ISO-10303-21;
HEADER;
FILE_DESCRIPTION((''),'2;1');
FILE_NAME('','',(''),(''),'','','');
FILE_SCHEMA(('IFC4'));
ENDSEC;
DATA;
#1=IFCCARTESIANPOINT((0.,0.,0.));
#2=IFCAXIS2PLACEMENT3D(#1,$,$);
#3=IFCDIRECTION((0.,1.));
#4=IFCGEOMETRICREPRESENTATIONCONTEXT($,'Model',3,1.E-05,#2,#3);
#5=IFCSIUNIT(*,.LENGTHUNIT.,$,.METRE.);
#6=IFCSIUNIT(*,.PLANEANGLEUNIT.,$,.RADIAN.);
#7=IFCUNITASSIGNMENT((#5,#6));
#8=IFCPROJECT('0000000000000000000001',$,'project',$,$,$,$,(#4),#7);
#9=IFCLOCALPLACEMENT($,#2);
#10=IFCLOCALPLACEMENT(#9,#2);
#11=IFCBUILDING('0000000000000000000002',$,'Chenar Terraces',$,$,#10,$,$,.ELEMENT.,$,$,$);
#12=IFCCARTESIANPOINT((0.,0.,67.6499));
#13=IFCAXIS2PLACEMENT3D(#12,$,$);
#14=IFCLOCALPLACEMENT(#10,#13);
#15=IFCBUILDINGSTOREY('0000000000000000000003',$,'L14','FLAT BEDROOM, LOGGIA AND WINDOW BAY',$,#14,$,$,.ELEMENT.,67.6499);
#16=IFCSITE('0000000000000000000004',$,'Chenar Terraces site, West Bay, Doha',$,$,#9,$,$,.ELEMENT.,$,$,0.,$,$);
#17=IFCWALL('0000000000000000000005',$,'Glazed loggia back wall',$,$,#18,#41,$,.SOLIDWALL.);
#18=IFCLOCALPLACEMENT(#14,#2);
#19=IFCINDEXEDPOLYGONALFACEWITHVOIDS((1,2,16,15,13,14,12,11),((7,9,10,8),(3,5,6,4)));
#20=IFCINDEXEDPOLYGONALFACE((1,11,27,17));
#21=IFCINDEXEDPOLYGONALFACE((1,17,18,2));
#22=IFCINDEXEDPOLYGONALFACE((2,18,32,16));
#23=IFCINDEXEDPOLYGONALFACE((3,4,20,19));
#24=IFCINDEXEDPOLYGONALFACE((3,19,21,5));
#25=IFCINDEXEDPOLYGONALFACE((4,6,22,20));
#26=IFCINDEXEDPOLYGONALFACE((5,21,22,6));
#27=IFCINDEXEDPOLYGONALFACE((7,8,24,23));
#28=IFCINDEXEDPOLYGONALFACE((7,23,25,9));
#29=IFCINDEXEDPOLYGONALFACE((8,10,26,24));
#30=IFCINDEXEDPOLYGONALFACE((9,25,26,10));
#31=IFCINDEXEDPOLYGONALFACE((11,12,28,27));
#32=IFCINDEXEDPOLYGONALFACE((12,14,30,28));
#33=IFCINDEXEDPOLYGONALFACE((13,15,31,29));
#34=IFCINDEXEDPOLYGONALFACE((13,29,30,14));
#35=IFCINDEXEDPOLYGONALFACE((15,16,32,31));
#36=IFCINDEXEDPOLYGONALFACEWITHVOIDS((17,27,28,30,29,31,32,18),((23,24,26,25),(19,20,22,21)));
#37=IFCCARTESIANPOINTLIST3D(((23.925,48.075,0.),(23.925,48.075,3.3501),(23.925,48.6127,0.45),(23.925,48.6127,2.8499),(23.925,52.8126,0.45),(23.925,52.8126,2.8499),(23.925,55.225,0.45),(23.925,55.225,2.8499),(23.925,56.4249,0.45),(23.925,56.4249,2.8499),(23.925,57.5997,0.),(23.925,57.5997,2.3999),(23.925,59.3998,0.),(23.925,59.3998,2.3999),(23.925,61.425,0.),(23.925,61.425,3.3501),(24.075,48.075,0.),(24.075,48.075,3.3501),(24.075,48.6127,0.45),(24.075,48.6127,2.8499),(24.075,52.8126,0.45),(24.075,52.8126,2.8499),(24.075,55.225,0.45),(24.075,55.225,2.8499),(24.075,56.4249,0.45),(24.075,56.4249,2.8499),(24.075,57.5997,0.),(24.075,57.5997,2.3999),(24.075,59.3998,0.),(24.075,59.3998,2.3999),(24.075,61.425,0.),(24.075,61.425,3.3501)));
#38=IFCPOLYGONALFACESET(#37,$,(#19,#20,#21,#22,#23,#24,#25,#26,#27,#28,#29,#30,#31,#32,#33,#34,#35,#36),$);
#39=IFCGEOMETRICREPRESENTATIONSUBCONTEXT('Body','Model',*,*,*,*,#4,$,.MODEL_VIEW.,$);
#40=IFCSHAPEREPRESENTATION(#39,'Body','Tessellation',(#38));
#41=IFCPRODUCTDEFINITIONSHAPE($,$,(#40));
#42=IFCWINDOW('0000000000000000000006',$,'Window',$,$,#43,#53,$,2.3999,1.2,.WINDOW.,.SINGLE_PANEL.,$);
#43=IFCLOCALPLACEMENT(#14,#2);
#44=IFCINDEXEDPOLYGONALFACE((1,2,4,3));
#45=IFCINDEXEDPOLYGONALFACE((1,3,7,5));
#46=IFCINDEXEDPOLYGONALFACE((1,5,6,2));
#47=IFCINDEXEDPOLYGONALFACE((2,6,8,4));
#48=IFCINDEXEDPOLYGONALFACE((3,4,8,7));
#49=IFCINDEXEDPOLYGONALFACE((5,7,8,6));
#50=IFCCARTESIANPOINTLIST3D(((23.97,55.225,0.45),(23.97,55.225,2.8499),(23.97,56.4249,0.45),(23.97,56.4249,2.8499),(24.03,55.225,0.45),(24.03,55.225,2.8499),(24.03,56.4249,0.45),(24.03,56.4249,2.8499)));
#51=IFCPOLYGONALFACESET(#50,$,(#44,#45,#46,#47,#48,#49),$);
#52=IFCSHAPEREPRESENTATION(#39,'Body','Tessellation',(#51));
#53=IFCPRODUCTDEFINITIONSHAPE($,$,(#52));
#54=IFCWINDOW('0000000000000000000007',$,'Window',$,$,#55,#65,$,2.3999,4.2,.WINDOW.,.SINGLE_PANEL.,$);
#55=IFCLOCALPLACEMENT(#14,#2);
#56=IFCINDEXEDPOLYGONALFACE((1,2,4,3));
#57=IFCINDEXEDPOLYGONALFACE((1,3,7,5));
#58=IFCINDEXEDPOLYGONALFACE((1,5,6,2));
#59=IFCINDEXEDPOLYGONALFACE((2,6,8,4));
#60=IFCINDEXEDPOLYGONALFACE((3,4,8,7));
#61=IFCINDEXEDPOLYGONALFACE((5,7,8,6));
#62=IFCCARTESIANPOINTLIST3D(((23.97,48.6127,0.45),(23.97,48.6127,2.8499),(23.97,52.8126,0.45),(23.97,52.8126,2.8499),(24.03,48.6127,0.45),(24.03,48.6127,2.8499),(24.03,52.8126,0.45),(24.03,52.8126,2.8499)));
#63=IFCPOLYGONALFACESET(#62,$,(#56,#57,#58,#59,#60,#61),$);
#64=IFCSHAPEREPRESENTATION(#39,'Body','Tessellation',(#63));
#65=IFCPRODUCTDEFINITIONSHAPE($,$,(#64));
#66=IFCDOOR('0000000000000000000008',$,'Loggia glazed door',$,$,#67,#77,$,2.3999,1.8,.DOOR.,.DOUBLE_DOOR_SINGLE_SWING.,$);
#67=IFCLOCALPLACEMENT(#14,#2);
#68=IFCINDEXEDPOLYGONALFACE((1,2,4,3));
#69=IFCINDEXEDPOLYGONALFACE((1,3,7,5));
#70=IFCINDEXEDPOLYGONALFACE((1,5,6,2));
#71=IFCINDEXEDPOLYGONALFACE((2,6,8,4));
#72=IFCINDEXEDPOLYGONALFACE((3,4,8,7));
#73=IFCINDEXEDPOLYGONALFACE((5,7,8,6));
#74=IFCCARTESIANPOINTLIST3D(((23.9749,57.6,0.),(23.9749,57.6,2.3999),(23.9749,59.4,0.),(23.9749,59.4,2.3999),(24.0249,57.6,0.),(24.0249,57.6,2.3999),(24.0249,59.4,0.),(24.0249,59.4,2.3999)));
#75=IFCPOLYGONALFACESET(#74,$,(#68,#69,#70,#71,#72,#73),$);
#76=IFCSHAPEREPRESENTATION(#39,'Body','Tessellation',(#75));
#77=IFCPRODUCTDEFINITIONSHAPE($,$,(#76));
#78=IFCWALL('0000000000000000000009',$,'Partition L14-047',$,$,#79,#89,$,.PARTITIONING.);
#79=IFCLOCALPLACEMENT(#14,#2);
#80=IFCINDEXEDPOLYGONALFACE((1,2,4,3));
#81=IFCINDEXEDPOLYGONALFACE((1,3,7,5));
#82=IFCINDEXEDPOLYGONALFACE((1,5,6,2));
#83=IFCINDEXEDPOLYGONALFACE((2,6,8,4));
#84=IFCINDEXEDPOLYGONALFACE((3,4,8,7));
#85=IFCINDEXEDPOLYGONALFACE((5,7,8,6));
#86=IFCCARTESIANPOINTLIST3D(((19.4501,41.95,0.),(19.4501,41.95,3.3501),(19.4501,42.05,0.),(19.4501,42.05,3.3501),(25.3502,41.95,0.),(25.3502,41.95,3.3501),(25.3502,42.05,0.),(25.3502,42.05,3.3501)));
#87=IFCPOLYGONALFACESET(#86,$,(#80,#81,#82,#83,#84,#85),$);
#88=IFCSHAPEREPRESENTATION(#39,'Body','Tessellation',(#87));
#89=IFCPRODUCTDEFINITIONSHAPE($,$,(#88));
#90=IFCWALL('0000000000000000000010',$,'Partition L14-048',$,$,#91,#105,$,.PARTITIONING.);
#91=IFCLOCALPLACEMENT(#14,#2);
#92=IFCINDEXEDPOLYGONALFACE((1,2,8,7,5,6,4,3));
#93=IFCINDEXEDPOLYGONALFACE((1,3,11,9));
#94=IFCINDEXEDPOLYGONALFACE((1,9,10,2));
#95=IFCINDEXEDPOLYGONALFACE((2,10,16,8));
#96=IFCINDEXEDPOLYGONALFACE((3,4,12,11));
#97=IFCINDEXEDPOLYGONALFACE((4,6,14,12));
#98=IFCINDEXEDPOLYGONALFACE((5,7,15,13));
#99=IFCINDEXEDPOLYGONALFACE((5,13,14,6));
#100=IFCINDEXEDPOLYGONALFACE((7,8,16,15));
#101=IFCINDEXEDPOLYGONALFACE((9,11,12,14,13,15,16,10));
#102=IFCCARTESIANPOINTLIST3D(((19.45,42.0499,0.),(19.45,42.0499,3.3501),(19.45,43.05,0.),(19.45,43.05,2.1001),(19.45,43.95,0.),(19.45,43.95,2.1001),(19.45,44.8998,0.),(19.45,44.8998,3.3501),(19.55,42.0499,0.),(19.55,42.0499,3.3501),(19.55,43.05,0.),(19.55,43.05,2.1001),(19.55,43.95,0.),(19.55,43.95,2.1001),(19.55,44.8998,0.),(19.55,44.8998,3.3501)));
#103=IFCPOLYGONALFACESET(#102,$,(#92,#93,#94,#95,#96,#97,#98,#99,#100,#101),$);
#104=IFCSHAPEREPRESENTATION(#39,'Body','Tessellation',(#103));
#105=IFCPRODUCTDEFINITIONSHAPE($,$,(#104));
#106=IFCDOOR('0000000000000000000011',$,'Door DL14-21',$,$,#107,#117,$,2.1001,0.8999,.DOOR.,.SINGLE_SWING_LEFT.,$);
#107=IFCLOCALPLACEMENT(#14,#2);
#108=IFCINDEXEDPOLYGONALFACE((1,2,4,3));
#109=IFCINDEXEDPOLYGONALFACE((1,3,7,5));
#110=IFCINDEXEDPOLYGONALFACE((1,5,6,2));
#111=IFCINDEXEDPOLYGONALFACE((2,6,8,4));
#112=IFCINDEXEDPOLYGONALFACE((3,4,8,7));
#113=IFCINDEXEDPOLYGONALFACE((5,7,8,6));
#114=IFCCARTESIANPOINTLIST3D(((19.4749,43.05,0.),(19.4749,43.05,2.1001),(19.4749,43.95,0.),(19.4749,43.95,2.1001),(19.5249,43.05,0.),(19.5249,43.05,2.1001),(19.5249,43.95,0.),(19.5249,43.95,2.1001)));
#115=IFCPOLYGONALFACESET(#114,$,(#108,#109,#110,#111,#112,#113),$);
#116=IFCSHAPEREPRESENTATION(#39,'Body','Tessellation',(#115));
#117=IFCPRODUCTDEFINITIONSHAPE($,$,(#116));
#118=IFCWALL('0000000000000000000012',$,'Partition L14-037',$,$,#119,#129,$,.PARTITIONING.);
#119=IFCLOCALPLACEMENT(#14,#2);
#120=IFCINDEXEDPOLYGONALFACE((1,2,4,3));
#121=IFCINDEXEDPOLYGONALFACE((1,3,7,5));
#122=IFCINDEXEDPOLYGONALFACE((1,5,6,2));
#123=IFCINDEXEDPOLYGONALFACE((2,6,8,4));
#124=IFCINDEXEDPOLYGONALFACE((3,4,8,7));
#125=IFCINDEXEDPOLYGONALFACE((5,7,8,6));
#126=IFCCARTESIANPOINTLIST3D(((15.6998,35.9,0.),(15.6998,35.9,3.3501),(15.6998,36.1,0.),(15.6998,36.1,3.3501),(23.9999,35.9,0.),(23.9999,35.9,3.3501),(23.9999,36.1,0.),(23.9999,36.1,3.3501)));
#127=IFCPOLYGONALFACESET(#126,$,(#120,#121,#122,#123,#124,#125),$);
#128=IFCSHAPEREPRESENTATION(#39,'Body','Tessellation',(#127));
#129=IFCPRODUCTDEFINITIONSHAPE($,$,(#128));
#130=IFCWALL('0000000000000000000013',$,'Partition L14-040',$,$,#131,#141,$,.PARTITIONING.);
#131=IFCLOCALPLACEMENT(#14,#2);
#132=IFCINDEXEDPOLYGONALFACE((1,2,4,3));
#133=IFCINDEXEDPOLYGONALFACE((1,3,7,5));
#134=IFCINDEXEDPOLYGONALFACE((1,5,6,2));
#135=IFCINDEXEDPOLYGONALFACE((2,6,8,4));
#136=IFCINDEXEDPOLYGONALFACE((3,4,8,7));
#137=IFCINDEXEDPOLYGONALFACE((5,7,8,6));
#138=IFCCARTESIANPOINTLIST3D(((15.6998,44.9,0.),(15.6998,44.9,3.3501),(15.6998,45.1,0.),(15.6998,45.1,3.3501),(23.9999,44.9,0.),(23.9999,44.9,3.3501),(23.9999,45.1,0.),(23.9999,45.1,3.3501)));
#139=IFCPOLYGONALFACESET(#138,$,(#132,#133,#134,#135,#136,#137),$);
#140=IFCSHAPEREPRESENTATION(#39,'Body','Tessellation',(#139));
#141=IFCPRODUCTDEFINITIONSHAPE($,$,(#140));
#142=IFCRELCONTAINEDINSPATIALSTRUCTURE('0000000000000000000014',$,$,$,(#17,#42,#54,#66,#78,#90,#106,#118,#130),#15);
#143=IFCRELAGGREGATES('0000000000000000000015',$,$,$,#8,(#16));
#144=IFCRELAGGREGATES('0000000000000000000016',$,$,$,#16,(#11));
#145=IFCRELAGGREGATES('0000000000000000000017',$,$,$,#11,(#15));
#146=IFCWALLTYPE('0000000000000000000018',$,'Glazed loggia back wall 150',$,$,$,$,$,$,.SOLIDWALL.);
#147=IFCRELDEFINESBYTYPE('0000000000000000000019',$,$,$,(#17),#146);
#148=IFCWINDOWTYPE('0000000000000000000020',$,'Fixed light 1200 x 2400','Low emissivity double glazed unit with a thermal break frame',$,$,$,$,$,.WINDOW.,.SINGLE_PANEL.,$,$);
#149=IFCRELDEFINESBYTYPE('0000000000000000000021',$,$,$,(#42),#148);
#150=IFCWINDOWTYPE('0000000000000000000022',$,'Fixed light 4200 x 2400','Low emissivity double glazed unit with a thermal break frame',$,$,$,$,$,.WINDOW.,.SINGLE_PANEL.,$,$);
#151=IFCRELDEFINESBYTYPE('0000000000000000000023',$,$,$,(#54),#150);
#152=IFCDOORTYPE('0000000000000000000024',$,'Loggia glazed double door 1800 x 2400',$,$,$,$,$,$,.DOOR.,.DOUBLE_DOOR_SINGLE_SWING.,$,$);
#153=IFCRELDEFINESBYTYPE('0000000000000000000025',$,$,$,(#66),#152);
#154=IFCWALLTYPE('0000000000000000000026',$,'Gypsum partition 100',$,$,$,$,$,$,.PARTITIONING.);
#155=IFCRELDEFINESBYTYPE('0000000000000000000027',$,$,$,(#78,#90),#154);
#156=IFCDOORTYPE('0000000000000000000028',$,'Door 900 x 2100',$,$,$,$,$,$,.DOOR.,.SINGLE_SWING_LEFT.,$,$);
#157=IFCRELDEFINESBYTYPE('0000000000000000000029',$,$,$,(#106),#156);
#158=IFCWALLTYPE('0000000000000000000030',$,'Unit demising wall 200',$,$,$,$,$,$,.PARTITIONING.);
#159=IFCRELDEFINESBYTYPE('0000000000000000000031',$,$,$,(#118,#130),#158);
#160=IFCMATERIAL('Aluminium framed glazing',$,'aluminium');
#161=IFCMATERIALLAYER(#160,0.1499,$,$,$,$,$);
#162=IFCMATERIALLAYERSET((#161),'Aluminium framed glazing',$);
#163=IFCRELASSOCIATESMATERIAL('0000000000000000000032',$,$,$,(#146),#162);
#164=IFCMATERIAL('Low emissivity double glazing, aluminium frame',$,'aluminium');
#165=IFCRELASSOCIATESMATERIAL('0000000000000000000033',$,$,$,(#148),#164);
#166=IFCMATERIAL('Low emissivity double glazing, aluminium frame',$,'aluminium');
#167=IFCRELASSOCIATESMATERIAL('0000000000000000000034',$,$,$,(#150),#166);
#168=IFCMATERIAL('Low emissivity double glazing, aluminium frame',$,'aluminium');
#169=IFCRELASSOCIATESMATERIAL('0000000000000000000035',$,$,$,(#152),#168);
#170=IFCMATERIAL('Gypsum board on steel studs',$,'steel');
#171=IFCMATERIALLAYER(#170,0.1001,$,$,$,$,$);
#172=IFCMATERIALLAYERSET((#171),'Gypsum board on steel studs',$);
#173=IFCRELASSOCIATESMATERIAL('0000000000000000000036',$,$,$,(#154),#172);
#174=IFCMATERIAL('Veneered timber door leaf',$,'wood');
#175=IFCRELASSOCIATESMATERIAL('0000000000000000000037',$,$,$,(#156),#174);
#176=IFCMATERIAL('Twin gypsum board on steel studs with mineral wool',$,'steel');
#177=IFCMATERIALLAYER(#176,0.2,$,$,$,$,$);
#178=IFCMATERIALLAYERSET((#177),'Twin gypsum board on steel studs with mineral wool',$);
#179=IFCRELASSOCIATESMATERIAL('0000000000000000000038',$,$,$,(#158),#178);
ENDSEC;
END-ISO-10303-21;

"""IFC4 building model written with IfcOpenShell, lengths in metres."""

from ifc_helpers import new_model, si_unit, direction, frame, frame_2d, origin, place, context, subcontext, project, spatial, rectangle, extrude, material, layer, layer_set, type_object, element, fill, save


model = new_model("IFC4")

# Units and contexts
model_context = context("Model", 3, precision=1e-05, world=origin(), true_north=direction((0.0, 1.0)))
body_context = subcontext(model_context, "Body", "Model", "MODEL_VIEW")
ifc_project = project(units=[si_unit("LENGTHUNIT", "METRE"), si_unit("PLANEANGLEUNIT", "RADIAN")], contexts=[model_context])

# Site, building, storey
site_placement = place(None, origin())
site = spatial("IfcSite", under=ifc_project, at=site_placement, Name="Chenar Terraces site, West Bay, Doha", CompositionType="ELEMENT", RefElevation=0.0)
building_placement = place(site_placement, origin())
building = spatial("IfcBuilding", under=site, at=building_placement, Name="Chenar Terraces", CompositionType="ELEMENT")
storey_placement = place(building_placement, frame((0.0, 0.0, 67.6499)))
storey = spatial("IfcBuildingStorey", under=building, at=storey_placement, Name="L14", Description="FLAT BEDROOM, LOGGIA AND WINDOW BAY", CompositionType="ELEMENT", Elevation=67.6499)

# Wall, openings, windows, door
ifc_material_1 = material(Name="Aluminium framed glazing", Category="aluminium")
ifc_layer_1 = layer(ifc_material_1, 0.1499)
ifc_layer_set_1 = layer_set([ifc_layer_1], Name="Aluminium framed glazing")
wall_type_1 = type_object("IfcWallType", Name="Glazed loggia back wall 150", PredefinedType="SOLIDWALL", material=ifc_layer_set_1)
wall_1_placement = place(storey_placement, frame((24.0, 48.075, 0.0), z_axis=(0.0, 0.0, 1.0), x_axis=(0.0, 1.0, 0.0)))
wall_1 = element("IfcWall", 1, at=wall_1_placement, inside=storey, type_object=wall_type_1, Name="Glazed loggia back wall", PredefinedType="SOLIDWALL", context=body_context, shape_type="SweptSolid", body=[
    extrude(rectangle(XDim=13.3501, YDim=0.1499, at=frame_2d((6.675, 0.0))), origin(), (0.0, 0.0, 1.0), 3.3501),
])
opening_1_placement = place(wall_1_placement, frame((0.5376, 0.0, 0.45)))
opening_1 = element("IfcOpeningElement", 2, at=opening_1_placement, cuts=wall_1, PredefinedType="OPENING", context=body_context, shape_type="SweptSolid", body=[
    extrude(rectangle(XDim=4.2, YDim=2.3999, at=frame_2d((2.1001, 1.2))), frame((0.0, 0.085, 0.0), z_axis=(0.0, -1.0, 0.0), x_axis=(1.0, 0.0, 0.0)), (0.0, 0.0, 1.0), 0.1699),
])
opening_2_placement = place(wall_1_placement, frame((7.1499, 0.0, 0.45)))
opening_2 = element("IfcOpeningElement", 3, at=opening_2_placement, cuts=wall_1, PredefinedType="OPENING", context=body_context, shape_type="SweptSolid", body=[
    extrude(rectangle(XDim=1.2, YDim=2.3999, at=frame_2d((0.6001, 1.2))), frame((0.0, 0.085, 0.0), z_axis=(0.0, -1.0, 0.0), x_axis=(1.0, 0.0, 0.0)), (0.0, 0.0, 1.0), 0.1699),
])
opening_3_placement = place(wall_1_placement, frame((9.5249, 0.0, 0.0)))
opening_3 = element("IfcOpeningElement", 4, at=opening_3_placement, cuts=wall_1, PredefinedType="OPENING", context=body_context, shape_type="SweptSolid", body=[
    extrude(rectangle(XDim=1.8, YDim=2.3999, at=frame_2d((0.8999, 1.2))), frame((0.0, 0.085, 0.0), z_axis=(0.0, -1.0, 0.0), x_axis=(1.0, 0.0, 0.0)), (0.0, 0.0, 1.0), 0.1699),
])
ifc_material_2 = material(Name="Low emissivity double glazing, aluminium frame", Category="aluminium")
window_type_1 = type_object("IfcWindowType", Name="Fixed light 1200 x 2400", Description="Low emissivity double glazed unit with a thermal break frame", PartitioningType="SINGLE_PANEL", PredefinedType="WINDOW", material=ifc_material_2)
window_1_placement = place(opening_2_placement, origin())
window_1 = element("IfcWindow", 5, at=window_1_placement, inside=storey, type_object=window_type_1, Name="Window", OverallHeight=2.3999, OverallWidth=1.2, PartitioningType="SINGLE_PANEL", PredefinedType="WINDOW", context=body_context, shape_type="SweptSolid", body=[
    extrude(rectangle(XDim=1.2, YDim=2.3999, at=frame_2d((0.6001, 1.2))), frame((0.0, 0.03, 0.0), z_axis=(0.0, -1.0, 0.0), x_axis=(1.0, 0.0, 0.0)), (0.0, 0.0, 1.0), 0.0601),
])
fill(opening_2, window_1)
ifc_material_3 = material(Name="Low emissivity double glazing, aluminium frame", Category="aluminium")
window_type_2 = type_object("IfcWindowType", Name="Fixed light 4200 x 2400", Description="Low emissivity double glazed unit with a thermal break frame", PartitioningType="SINGLE_PANEL", PredefinedType="WINDOW", material=ifc_material_3)
window_2_placement = place(opening_1_placement, origin())
window_2 = element("IfcWindow", 6, at=window_2_placement, inside=storey, type_object=window_type_2, Name="Window", OverallHeight=2.3999, OverallWidth=4.2, PartitioningType="SINGLE_PANEL", PredefinedType="WINDOW", context=body_context, shape_type="SweptSolid", body=[
    extrude(rectangle(XDim=4.2, YDim=2.3999, at=frame_2d((2.1001, 1.2))), frame((0.0, 0.03, 0.0), z_axis=(0.0, -1.0, 0.0), x_axis=(1.0, 0.0, 0.0)), (0.0, 0.0, 1.0), 0.0601),
])
fill(opening_1, window_2)
ifc_material_4 = material(Name="Low emissivity double glazing, aluminium frame", Category="aluminium")
door_type_1 = type_object("IfcDoorType", Name="Loggia glazed double door 1800 x 2400", OperationType="DOUBLE_DOOR_SINGLE_SWING", PredefinedType="DOOR", material=ifc_material_4)
door_1_placement = place(opening_3_placement, frame((1.8, 0.0, 0.0), z_axis=(0.0, 0.0, 1.0), x_axis=(-1.0, 0.0, 0.0)))
door_1 = element("IfcDoor", 7, at=door_1_placement, inside=storey, type_object=door_type_1, Name="Loggia glazed door", OperationType="DOUBLE_DOOR_SINGLE_SWING", OverallHeight=2.3999, OverallWidth=1.8, PredefinedType="DOOR", context=body_context, shape_type="SweptSolid", body=[
    extrude(rectangle(XDim=1.8, YDim=2.3999, at=frame_2d((0.8999, 1.2))), frame((0.0, 0.0249, 0.0), z_axis=(0.0, -1.0, 0.0), x_axis=(1.0, 0.0, 0.0)), (0.0, 0.0, 1.0), 0.05),
])
fill(opening_3, door_1)

# Wall
ifc_material_5 = material(Name="Gypsum board on steel studs", Category="steel")
ifc_layer_2 = layer(ifc_material_5, 0.1001)
ifc_layer_set_2 = layer_set([ifc_layer_2], Name="Gypsum board on steel studs")
wall_type_2 = type_object("IfcWallType", Name="Gypsum partition 100", PredefinedType="PARTITIONING", material=ifc_layer_set_2)
wall_2_placement = place(storey_placement, frame((19.45, 42.0, 0.0), z_axis=(0.0, 0.0, 1.0), x_axis=(1.0, 0.0, 0.0)))
element("IfcWall", 8, at=wall_2_placement, inside=storey, type_object=wall_type_2, Name="Partition L14-047", PredefinedType="PARTITIONING", context=body_context, shape_type="SweptSolid", body=[
    extrude(rectangle(XDim=5.9001, YDim=0.1001, at=frame_2d((2.9502, 0.0))), origin(), (0.0, 0.0, 1.0), 3.3501),
])

# Wall, opening, door
wall_3_placement = place(storey_placement, frame((19.5, 42.05, 0.0), z_axis=(0.0, 0.0, 1.0), x_axis=(0.0, 1.0, 0.0)))
wall_3 = element("IfcWall", 9, at=wall_3_placement, inside=storey, type_object=wall_type_2, Name="Partition L14-048", PredefinedType="PARTITIONING", context=body_context, shape_type="SweptSolid", body=[
    extrude(rectangle(XDim=2.8499, YDim=0.1001, at=frame_2d((1.4248, 0.0))), origin(), (0.0, 0.0, 1.0), 3.3501),
])
opening_4_placement = place(wall_3_placement, frame((1.0, 0.0, 0.0)))
opening_4 = element("IfcOpeningElement", 10, at=opening_4_placement, cuts=wall_3, PredefinedType="OPENING", context=body_context, shape_type="SweptSolid", body=[
    extrude(rectangle(XDim=0.8999, YDim=2.1001, at=frame_2d((0.45, 1.05))), frame((0.0, 0.0601, 0.0), z_axis=(0.0, -1.0, 0.0), x_axis=(1.0, 0.0, 0.0)), (0.0, 0.0, 1.0), 0.1201),
])
ifc_material_6 = material(Name="Veneered timber door leaf", Category="wood")
door_type_2 = type_object("IfcDoorType", Name="Door 900 x 2100", OperationType="SINGLE_SWING_LEFT", PredefinedType="DOOR", material=ifc_material_6)
door_2_placement = place(opening_4_placement, frame((0.8999, 0.0, 0.0), z_axis=(0.0, 0.0, 1.0), x_axis=(-1.0, 0.0, 0.0)))
door_2 = element("IfcDoor", 11, at=door_2_placement, inside=storey, type_object=door_type_2, Name="Door DL14-21", OperationType="SINGLE_SWING_LEFT", OverallHeight=2.1001, OverallWidth=0.8999, PredefinedType="DOOR", context=body_context, shape_type="SweptSolid", body=[
    extrude(rectangle(XDim=0.8999, YDim=2.1001, at=frame_2d((0.45, 1.05))), frame((0.0, 0.0249, 0.0), z_axis=(0.0, -1.0, 0.0), x_axis=(1.0, 0.0, 0.0)), (0.0, 0.0, 1.0), 0.05),
])
fill(opening_4, door_2)

# Walls
ifc_material_7 = material(Name="Twin gypsum board on steel studs with mineral wool", Category="steel")
ifc_layer_3 = layer(ifc_material_7, 0.2)
ifc_layer_set_3 = layer_set([ifc_layer_3], Name="Twin gypsum board on steel studs with mineral wool")
wall_type_3 = type_object("IfcWallType", Name="Unit demising wall 200", PredefinedType="PARTITIONING", material=ifc_layer_set_3)
for number, where, z_axis, x_axis, name in (
    (12, (15.7, 36.0, 0.0), (0.0, 0.0, 1.0), (1.0, 0.0, 0.0), "Partition L14-037"),
    (13, (15.7, 45.0, 0.0), (0.0, 0.0, 1.0), (1.0, 0.0, 0.0), "Partition L14-040"),
):
    element("IfcWall", number, at=place(storey_placement, frame(where, z_axis=z_axis, x_axis=x_axis)), inside=storey, type_object=wall_type_3, Name=name, PredefinedType="PARTITIONING", context=body_context, shape_type="SweptSolid", body=[
        extrude(rectangle(XDim=8.3, YDim=0.2, at=frame_2d((4.1499, 0.0))), origin(), (0.0, 0.0, 1.0), 3.3501),
    ])

save(model, "model.ifc")
